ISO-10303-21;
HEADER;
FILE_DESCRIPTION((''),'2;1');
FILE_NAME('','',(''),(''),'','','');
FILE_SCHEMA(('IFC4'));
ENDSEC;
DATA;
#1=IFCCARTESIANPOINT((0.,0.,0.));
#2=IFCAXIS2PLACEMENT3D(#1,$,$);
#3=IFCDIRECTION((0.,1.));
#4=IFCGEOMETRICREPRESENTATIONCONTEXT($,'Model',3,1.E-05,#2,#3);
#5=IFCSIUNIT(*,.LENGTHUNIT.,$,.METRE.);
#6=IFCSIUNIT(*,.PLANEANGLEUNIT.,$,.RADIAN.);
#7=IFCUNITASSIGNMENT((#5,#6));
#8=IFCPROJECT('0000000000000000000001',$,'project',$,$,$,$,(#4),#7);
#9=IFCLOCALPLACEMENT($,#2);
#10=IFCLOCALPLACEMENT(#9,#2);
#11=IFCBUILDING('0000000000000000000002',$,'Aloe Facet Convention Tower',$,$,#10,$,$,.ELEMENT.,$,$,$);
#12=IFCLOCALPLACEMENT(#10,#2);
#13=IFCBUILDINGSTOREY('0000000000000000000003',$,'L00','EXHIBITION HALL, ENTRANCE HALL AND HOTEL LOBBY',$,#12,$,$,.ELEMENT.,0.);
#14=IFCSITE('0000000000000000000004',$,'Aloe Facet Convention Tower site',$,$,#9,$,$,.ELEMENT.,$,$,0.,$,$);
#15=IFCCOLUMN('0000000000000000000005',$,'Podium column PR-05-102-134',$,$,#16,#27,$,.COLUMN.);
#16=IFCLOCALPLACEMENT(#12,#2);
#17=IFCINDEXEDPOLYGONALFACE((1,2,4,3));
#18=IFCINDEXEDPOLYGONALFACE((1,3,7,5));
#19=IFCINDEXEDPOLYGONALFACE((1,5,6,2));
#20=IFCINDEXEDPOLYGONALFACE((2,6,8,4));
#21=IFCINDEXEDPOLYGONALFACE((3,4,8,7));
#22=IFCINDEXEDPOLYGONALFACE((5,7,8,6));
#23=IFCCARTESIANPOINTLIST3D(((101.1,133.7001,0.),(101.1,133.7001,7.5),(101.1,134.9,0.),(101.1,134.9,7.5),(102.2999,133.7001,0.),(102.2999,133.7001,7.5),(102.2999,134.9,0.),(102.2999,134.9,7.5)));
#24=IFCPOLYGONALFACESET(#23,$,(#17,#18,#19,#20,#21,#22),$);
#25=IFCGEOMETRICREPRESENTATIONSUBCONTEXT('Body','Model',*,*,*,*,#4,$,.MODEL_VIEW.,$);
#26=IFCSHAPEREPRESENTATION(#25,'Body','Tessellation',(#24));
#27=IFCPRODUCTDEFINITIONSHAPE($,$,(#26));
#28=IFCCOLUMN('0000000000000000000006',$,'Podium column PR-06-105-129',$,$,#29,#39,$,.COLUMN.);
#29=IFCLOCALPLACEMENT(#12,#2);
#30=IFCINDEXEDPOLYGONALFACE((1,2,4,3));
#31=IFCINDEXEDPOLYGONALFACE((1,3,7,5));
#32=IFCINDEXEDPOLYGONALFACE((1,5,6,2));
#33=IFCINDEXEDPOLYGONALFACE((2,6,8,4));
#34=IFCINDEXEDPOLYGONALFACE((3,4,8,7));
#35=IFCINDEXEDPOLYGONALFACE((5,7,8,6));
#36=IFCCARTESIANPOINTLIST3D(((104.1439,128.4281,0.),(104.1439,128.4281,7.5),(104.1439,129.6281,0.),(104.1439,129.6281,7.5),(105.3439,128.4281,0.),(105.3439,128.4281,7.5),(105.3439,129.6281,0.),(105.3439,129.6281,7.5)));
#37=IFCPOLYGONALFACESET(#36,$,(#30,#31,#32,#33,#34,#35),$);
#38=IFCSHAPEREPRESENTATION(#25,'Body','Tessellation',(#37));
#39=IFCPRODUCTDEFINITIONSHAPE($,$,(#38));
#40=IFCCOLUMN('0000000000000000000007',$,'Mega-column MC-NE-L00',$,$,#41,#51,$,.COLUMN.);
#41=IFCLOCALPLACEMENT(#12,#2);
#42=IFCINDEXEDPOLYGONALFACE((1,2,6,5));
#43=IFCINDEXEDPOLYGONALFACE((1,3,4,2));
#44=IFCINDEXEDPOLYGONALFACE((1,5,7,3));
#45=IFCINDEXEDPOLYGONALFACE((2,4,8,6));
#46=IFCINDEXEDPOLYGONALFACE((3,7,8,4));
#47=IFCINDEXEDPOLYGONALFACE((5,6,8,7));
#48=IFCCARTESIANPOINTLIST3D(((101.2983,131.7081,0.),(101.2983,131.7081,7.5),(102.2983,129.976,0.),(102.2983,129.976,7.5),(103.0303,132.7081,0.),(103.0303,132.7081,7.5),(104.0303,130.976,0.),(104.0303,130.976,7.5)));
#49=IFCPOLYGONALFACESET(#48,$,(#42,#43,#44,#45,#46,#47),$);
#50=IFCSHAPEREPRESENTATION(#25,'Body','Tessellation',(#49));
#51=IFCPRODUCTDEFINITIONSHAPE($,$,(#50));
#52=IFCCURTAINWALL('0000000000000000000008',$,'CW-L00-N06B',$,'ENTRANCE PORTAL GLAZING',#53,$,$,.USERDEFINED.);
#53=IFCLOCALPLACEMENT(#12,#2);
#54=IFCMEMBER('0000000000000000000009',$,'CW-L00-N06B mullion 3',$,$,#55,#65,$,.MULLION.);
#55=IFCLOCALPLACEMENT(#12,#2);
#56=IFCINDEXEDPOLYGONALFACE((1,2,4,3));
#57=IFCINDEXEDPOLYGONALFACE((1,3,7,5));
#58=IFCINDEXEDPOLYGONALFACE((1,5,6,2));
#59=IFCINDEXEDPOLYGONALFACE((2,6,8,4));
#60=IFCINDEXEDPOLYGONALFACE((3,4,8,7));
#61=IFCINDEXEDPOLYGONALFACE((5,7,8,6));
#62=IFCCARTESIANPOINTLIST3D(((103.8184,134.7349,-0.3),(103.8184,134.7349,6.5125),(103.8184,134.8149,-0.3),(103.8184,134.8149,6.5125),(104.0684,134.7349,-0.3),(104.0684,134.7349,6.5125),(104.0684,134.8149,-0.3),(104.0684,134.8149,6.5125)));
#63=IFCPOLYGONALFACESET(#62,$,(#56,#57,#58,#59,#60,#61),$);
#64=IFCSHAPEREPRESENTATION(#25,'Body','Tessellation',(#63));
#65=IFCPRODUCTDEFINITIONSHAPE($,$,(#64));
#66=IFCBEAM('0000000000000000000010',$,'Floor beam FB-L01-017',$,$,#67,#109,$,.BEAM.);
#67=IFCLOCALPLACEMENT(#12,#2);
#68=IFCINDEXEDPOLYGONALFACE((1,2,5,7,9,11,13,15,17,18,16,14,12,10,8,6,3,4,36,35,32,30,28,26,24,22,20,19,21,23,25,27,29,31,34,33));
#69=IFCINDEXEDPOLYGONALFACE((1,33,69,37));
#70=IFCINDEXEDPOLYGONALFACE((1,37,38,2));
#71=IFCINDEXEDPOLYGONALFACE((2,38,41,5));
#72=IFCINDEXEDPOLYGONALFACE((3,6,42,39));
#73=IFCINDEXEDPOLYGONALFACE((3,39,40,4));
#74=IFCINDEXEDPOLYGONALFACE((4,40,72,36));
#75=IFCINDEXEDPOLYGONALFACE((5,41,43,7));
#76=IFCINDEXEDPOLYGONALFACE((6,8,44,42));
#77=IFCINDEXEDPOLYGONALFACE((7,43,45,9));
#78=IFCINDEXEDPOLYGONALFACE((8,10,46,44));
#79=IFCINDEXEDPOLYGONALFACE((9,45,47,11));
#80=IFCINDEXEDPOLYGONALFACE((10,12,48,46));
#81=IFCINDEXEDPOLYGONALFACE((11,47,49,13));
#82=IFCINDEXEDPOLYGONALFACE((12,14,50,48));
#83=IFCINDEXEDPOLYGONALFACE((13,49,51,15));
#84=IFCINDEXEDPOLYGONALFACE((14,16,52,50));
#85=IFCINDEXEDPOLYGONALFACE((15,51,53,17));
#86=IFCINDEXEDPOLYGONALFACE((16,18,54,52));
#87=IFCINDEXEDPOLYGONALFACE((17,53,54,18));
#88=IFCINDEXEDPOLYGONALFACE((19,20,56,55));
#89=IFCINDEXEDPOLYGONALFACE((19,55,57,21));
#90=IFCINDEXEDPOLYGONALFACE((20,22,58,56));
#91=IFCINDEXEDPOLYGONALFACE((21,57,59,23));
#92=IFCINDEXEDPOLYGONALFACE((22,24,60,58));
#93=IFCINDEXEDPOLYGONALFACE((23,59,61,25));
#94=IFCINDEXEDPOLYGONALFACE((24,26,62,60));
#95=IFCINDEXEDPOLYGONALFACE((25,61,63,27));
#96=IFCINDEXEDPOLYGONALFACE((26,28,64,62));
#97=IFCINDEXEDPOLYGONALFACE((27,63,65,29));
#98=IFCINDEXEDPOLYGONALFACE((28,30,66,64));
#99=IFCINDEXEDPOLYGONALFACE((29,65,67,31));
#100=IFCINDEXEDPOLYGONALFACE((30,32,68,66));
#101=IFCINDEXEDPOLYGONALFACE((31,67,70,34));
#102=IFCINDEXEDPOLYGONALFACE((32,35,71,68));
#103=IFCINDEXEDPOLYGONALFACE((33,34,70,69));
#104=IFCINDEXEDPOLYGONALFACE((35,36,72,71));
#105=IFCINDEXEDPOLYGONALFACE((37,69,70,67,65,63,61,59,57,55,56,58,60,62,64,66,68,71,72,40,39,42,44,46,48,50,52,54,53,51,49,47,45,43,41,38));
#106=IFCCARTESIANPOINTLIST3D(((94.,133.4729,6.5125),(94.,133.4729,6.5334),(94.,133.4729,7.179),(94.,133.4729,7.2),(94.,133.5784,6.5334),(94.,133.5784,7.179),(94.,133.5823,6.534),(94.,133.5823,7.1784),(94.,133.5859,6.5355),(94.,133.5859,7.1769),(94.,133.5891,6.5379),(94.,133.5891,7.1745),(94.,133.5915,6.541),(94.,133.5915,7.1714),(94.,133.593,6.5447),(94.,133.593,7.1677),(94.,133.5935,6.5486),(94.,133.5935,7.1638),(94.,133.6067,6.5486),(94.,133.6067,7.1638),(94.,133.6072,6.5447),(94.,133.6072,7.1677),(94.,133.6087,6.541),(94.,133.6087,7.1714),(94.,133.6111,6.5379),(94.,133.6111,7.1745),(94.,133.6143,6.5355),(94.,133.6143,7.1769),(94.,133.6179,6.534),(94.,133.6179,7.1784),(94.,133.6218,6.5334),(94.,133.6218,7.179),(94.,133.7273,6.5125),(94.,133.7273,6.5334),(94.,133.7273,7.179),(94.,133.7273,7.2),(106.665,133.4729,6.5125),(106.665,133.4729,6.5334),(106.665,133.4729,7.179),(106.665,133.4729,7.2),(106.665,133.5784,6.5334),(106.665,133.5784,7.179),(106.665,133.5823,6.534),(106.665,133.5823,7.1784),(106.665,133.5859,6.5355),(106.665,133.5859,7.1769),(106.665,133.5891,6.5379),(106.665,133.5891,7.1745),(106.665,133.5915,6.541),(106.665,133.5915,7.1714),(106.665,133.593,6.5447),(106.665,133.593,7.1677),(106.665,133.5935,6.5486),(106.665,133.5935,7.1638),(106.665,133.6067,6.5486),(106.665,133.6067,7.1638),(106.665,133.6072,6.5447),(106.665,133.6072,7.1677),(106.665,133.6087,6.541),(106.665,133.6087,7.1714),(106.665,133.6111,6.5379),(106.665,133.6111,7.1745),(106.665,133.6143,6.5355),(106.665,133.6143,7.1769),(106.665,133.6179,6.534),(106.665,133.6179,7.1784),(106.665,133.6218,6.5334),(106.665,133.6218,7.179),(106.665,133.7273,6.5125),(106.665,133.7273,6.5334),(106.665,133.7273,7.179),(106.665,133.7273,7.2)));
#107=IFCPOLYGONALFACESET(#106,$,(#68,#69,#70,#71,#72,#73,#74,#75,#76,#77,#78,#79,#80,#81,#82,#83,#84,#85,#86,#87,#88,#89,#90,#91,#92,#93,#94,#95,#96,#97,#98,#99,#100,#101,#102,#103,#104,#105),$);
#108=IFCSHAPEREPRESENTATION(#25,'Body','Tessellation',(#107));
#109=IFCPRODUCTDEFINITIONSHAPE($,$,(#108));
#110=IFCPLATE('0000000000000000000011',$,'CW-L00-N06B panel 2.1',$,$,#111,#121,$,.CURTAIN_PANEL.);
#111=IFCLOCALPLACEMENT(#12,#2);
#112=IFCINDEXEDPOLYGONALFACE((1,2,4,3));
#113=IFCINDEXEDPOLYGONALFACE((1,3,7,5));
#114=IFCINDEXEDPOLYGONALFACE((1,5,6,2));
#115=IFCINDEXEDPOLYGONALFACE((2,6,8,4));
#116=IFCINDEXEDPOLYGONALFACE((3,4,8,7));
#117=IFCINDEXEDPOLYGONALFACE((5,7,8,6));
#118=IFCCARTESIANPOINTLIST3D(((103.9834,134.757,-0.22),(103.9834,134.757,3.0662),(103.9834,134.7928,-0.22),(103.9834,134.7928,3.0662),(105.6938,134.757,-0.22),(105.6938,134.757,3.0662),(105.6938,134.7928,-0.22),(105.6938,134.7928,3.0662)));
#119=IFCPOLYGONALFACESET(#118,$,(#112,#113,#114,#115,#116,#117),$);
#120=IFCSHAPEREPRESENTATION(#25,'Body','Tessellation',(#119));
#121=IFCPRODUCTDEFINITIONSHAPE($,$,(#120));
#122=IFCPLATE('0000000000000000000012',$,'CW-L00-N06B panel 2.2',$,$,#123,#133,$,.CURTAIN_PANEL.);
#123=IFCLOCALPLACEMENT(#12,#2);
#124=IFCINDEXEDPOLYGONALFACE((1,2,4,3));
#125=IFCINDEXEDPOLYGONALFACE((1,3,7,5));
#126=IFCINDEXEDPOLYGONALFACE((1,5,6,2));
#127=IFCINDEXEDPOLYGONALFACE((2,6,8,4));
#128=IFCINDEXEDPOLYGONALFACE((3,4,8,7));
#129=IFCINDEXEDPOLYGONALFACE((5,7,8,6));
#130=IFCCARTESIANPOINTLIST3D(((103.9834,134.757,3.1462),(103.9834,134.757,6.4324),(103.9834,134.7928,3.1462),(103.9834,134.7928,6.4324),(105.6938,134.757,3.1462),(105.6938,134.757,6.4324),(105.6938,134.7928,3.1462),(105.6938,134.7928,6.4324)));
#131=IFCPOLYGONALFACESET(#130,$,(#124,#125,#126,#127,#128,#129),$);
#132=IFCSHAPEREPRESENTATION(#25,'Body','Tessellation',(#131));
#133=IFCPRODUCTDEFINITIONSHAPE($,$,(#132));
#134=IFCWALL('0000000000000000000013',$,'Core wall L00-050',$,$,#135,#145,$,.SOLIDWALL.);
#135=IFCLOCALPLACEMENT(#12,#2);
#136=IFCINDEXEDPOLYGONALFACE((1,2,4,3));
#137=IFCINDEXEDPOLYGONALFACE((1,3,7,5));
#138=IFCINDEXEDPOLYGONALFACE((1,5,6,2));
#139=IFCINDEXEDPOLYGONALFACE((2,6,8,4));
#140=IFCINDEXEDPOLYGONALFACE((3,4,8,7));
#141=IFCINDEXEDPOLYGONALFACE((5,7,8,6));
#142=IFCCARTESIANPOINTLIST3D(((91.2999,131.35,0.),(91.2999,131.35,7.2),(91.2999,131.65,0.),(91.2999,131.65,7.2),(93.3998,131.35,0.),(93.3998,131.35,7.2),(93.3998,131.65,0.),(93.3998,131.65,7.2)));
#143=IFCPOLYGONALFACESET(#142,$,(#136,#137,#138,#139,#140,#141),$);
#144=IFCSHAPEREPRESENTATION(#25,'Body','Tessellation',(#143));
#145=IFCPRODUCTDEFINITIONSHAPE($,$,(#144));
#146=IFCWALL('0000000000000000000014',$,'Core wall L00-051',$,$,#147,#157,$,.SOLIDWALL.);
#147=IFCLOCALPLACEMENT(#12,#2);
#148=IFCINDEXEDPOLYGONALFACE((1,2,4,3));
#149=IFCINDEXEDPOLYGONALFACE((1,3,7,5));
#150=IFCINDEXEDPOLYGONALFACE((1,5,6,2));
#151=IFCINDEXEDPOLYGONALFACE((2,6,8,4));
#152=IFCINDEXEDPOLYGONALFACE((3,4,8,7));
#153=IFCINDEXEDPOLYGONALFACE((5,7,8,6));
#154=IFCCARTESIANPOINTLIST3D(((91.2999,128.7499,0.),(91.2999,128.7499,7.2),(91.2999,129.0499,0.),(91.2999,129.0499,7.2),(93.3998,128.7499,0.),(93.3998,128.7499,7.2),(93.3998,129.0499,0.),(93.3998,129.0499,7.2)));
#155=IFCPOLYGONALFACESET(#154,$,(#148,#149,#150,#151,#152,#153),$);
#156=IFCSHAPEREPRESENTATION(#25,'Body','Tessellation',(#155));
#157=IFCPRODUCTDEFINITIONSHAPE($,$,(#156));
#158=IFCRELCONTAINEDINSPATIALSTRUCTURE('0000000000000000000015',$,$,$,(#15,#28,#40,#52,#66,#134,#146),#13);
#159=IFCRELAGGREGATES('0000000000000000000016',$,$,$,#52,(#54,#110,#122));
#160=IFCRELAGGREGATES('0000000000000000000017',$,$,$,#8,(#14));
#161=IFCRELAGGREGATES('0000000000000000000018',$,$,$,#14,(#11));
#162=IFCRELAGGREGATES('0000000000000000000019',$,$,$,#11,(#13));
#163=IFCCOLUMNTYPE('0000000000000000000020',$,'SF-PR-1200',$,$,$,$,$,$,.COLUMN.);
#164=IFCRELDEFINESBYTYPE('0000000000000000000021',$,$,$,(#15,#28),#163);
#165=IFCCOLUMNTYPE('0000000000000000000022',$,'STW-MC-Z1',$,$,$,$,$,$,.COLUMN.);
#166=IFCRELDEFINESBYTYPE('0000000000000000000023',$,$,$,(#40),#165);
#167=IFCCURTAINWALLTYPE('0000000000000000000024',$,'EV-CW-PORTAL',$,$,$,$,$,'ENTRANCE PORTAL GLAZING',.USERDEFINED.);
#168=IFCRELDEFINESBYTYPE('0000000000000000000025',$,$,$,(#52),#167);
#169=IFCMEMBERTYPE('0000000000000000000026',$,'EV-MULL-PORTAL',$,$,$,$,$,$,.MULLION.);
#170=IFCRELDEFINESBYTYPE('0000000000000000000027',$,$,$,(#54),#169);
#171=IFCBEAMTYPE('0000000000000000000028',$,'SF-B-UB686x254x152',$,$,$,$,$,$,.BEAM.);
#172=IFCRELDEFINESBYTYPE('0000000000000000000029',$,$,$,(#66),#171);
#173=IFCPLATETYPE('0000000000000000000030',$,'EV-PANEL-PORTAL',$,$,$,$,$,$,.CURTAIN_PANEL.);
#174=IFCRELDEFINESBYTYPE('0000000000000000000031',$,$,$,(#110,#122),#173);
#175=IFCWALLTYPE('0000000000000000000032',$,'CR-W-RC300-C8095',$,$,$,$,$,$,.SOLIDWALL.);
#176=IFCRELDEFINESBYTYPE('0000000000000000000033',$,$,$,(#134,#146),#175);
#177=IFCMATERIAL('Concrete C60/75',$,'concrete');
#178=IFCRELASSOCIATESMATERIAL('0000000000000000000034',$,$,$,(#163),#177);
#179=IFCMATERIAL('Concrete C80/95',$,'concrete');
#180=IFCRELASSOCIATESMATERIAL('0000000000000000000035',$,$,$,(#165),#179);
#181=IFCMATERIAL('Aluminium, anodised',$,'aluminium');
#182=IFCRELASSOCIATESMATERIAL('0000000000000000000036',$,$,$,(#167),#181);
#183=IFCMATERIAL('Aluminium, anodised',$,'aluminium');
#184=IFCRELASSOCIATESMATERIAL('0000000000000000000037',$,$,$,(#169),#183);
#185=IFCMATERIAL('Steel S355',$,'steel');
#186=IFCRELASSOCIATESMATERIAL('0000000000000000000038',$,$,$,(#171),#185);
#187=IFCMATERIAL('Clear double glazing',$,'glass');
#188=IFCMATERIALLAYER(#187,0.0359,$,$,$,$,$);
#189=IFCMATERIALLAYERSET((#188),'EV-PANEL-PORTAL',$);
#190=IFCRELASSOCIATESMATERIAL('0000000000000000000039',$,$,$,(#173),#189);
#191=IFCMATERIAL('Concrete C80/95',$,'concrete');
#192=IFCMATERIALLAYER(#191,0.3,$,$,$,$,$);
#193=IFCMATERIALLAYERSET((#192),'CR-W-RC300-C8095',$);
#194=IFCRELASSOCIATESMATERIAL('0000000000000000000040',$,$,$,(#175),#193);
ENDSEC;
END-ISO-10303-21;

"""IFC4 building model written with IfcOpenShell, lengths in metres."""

from ifc_helpers import new_model, si_unit, direction, frame, frame_2d, origin, origin_2d, place, context, subcontext, project, spatial, rectangle, i_section, extrude, material, layer, layer_set, material_profile, profile_set, type_object, element, aggregate, save


model = new_model("IFC4")

# Units and contexts
model_context = context("Model", 3, precision=1e-05, world=origin(), true_north=direction((0.0, 1.0)))
body_context = subcontext(model_context, "Body", "Model", "MODEL_VIEW")
ifc_project = project(units=[si_unit("LENGTHUNIT", "METRE"), si_unit("PLANEANGLEUNIT", "RADIAN")], contexts=[model_context])

# Site, building, storey
site_placement = place(None, origin())
site = spatial("IfcSite", under=ifc_project, at=site_placement, Name="Aloe Facet Convention Tower site", CompositionType="ELEMENT", RefElevation=0.0)
building_placement = place(site_placement, origin())
building = spatial("IfcBuilding", under=site, at=building_placement, Name="Aloe Facet Convention Tower", CompositionType="ELEMENT")
storey_placement = place(building_placement, origin())
storey = spatial("IfcBuildingStorey", under=building, at=storey_placement, Name="L00", Description="EXHIBITION HALL, ENTRANCE HALL AND HOTEL LOBBY", CompositionType="ELEMENT", Elevation=0.0)

# Columns
ifc_material_1 = material(Name="Concrete C60/75", Category="concrete")
ifc_material_profile_1 = material_profile(ifc_material_1, rectangle(XDim=1.2, YDim=1.2, at=origin_2d()), Name="SF-PR-1200")
ifc_profile_set_1 = profile_set([ifc_material_profile_1], Name="Concrete C60/75")
column_type_1 = type_object("IfcColumnType", Name="SF-PR-1200", PredefinedType="COLUMN", material=ifc_profile_set_1)
for number, where, z_axis, x_axis, name in (
    (1, (101.7, 134.3, 0.0), (0.0, 0.0, 1.0), (1.0, 0.0, 0.0), "Podium column PR-05-102-134"),
    (2, (104.7439, 129.0281, 0.0), (0.0, 0.0, 1.0), (1.0, 0.0, 0.0), "Podium column PR-06-105-129"),
):
    element("IfcColumn", number, at=place(storey_placement, frame(where, z_axis=z_axis, x_axis=x_axis)), inside=storey, type_object=column_type_1, Name=name, PredefinedType="COLUMN", context=body_context, shape_type="SweptSolid", body=[
        extrude(rectangle(XDim=1.2, YDim=1.2, at=origin_2d()), origin(), (0.0, 0.0, 1.0), 7.5),
    ])
ifc_material_2 = material(Name="Concrete C80/95", Category="concrete")
ifc_material_profile_2 = material_profile(ifc_material_2, rectangle(XDim=2.0, YDim=2.0, at=origin_2d()), Name="STW-MC-Z1")
ifc_profile_set_2 = profile_set([ifc_material_profile_2], Name="Concrete C80/95")
column_type_2 = type_object("IfcColumnType", Name="STW-MC-Z1", PredefinedType="COLUMN", material=ifc_profile_set_2)
column_placement = place(storey_placement, frame((102.6643, 131.342, 0.0), z_axis=(0.0, 0.0, 1.0), x_axis=(-0.5, 0.866025, 0.0)))
element("IfcColumn", 3, at=column_placement, inside=storey, type_object=column_type_2, Name="Mega-column MC-NE-L00", PredefinedType="COLUMN", context=body_context, shape_type="SweptSolid", body=[
    extrude(rectangle(XDim=2.0, YDim=2.0, at=origin_2d()), origin(), (0.0, 0.0, 1.0), 7.5),
])

# Curtain wall, member
ifc_material_3 = material(Name="Aluminium, anodised", Category="aluminium")
curtain_wall_type = type_object("IfcCurtainWallType", Name="EV-CW-PORTAL", ElementType="ENTRANCE PORTAL GLAZING", PredefinedType="USERDEFINED", material=ifc_material_3)
curtain_wall_placement = place(storey_placement, origin())
curtain_wall = element("IfcCurtainWall", 4, at=curtain_wall_placement, inside=storey, type_object=curtain_wall_type, Name="CW-L00-N06B", ObjectType="ENTRANCE PORTAL GLAZING", PredefinedType="USERDEFINED")
ifc_material_4 = material(Name="Aluminium, anodised", Category="aluminium")
ifc_material_profile_3 = material_profile(ifc_material_4, rectangle(XDim=0.0801, YDim=0.25, at=origin_2d()), Name="AL 80x250")
ifc_profile_set_3 = profile_set([ifc_material_profile_3], Name="Aluminium, anodised")
member_type = type_object("IfcMemberType", Name="EV-MULL-PORTAL", PredefinedType="MULLION", material=ifc_profile_set_3)
member_placement = place(storey_placement, frame((103.9434, 134.7749, -0.3), z_axis=(0.0, 0.0, 1.0), x_axis=(0.0, -1.0, 0.0)))
member = element("IfcMember", 5, at=member_placement, type_object=member_type, Name="CW-L00-N06B mullion 3", PredefinedType="MULLION", context=body_context, shape_type="SweptSolid", body=[
    extrude(rectangle(XDim=0.0801, YDim=0.25, at=origin_2d()), origin(), (0.0, 0.0, 1.0), 6.8125),
])

# Beam
ifc_material_5 = material(Name="Steel S355", Category="steel")
ifc_material_profile_4 = material_profile(ifc_material_5, i_section(OverallWidth=0.2544, OverallDepth=0.6875, WebThickness=0.0132, FlangeThickness=0.021, FilletRadius=0.0151, at=origin_2d()), Name="UB 686x254x152")
ifc_profile_set_4 = profile_set([ifc_material_profile_4], Name="Steel S355")
beam_type = type_object("IfcBeamType", Name="SF-B-UB686x254x152", PredefinedType="BEAM", material=ifc_profile_set_4)
beam_placement = place(storey_placement, frame((94.0, 133.6001, 6.8562), z_axis=(1.0, 0.0, 0.0), x_axis=(0.0, 1.0, 0.0)))
element("IfcBeam", 6, at=beam_placement, inside=storey, type_object=beam_type, Name="Floor beam FB-L01-017", PredefinedType="BEAM", context=body_context, shape_type="SweptSolid", body=[
    extrude(i_section(OverallWidth=0.2544, OverallDepth=0.6875, WebThickness=0.0132, FlangeThickness=0.021, FilletRadius=0.0151, at=origin_2d()), origin(), (0.0, 0.0, 1.0), 12.665),
])

# Plates
ifc_material_6 = material(Name="Clear double glazing", Category="glass")
ifc_layer_1 = layer(ifc_material_6, 0.0359)
ifc_layer_set_1 = layer_set([ifc_layer_1], Name="EV-PANEL-PORTAL")
plate_type = type_object("IfcPlateType", Name="EV-PANEL-PORTAL", PredefinedType="CURTAIN_PANEL", material=ifc_layer_set_1)
plate_1_placement = place(storey_placement, frame((104.8386, 134.7749, -0.22), z_axis=(0.0, 0.0, 1.0), x_axis=(-1.0, 0.0, 0.0)))
plate_1 = element("IfcPlate", 7, at=plate_1_placement, type_object=plate_type, Name="CW-L00-N06B panel 2.1", PredefinedType="CURTAIN_PANEL", context=body_context, shape_type="SweptSolid", body=[
    extrude(rectangle(XDim=1.7104, YDim=0.0359, at=origin_2d()), origin(), (0.0, 0.0, 1.0), 3.2861),
])
plate_2_placement = place(storey_placement, frame((104.8386, 134.7749, 3.1462), z_axis=(0.0, 0.0, 1.0), x_axis=(-1.0, 0.0, 0.0)))
plate_2 = element("IfcPlate", 8, at=plate_2_placement, type_object=plate_type, Name="CW-L00-N06B panel 2.2", PredefinedType="CURTAIN_PANEL", context=body_context, shape_type="SweptSolid", body=[
    extrude(rectangle(XDim=1.7104, YDim=0.0359, at=origin_2d()), origin(), (0.0, 0.0, 1.0), 3.2861),
])
aggregate(curtain_wall, [member, plate_1, plate_2])

# Walls
ifc_material_7 = material(Name="Concrete C80/95", Category="concrete")
ifc_layer_2 = layer(ifc_material_7, 0.3)
ifc_layer_set_2 = layer_set([ifc_layer_2], Name="CR-W-RC300-C8095")
wall_type_1 = type_object("IfcWallType", Name="CR-W-RC300-C8095", PredefinedType="SOLIDWALL", material=ifc_layer_set_2)
for number, where, z_axis, x_axis, name in (
    (9, (91.3, 131.5, 0.0), (0.0, 0.0, 1.0), (1.0, 0.0, 0.0), "Core wall L00-050"),
    (10, (91.3, 128.8999, 0.0), (0.0, 0.0, 1.0), (1.0, 0.0, 0.0), "Core wall L00-051"),
):
    element("IfcWall", number, at=place(storey_placement, frame(where, z_axis=z_axis, x_axis=x_axis)), inside=storey, type_object=wall_type_1, Name=name, PredefinedType="SOLIDWALL", context=body_context, shape_type="SweptSolid", body=[
        extrude(rectangle(XDim=2.0999, YDim=0.3, at=frame_2d((1.0498, 0.0))), origin(), (0.0, 0.0, 1.0), 7.2),
    ])

save(model, "model.ifc")
